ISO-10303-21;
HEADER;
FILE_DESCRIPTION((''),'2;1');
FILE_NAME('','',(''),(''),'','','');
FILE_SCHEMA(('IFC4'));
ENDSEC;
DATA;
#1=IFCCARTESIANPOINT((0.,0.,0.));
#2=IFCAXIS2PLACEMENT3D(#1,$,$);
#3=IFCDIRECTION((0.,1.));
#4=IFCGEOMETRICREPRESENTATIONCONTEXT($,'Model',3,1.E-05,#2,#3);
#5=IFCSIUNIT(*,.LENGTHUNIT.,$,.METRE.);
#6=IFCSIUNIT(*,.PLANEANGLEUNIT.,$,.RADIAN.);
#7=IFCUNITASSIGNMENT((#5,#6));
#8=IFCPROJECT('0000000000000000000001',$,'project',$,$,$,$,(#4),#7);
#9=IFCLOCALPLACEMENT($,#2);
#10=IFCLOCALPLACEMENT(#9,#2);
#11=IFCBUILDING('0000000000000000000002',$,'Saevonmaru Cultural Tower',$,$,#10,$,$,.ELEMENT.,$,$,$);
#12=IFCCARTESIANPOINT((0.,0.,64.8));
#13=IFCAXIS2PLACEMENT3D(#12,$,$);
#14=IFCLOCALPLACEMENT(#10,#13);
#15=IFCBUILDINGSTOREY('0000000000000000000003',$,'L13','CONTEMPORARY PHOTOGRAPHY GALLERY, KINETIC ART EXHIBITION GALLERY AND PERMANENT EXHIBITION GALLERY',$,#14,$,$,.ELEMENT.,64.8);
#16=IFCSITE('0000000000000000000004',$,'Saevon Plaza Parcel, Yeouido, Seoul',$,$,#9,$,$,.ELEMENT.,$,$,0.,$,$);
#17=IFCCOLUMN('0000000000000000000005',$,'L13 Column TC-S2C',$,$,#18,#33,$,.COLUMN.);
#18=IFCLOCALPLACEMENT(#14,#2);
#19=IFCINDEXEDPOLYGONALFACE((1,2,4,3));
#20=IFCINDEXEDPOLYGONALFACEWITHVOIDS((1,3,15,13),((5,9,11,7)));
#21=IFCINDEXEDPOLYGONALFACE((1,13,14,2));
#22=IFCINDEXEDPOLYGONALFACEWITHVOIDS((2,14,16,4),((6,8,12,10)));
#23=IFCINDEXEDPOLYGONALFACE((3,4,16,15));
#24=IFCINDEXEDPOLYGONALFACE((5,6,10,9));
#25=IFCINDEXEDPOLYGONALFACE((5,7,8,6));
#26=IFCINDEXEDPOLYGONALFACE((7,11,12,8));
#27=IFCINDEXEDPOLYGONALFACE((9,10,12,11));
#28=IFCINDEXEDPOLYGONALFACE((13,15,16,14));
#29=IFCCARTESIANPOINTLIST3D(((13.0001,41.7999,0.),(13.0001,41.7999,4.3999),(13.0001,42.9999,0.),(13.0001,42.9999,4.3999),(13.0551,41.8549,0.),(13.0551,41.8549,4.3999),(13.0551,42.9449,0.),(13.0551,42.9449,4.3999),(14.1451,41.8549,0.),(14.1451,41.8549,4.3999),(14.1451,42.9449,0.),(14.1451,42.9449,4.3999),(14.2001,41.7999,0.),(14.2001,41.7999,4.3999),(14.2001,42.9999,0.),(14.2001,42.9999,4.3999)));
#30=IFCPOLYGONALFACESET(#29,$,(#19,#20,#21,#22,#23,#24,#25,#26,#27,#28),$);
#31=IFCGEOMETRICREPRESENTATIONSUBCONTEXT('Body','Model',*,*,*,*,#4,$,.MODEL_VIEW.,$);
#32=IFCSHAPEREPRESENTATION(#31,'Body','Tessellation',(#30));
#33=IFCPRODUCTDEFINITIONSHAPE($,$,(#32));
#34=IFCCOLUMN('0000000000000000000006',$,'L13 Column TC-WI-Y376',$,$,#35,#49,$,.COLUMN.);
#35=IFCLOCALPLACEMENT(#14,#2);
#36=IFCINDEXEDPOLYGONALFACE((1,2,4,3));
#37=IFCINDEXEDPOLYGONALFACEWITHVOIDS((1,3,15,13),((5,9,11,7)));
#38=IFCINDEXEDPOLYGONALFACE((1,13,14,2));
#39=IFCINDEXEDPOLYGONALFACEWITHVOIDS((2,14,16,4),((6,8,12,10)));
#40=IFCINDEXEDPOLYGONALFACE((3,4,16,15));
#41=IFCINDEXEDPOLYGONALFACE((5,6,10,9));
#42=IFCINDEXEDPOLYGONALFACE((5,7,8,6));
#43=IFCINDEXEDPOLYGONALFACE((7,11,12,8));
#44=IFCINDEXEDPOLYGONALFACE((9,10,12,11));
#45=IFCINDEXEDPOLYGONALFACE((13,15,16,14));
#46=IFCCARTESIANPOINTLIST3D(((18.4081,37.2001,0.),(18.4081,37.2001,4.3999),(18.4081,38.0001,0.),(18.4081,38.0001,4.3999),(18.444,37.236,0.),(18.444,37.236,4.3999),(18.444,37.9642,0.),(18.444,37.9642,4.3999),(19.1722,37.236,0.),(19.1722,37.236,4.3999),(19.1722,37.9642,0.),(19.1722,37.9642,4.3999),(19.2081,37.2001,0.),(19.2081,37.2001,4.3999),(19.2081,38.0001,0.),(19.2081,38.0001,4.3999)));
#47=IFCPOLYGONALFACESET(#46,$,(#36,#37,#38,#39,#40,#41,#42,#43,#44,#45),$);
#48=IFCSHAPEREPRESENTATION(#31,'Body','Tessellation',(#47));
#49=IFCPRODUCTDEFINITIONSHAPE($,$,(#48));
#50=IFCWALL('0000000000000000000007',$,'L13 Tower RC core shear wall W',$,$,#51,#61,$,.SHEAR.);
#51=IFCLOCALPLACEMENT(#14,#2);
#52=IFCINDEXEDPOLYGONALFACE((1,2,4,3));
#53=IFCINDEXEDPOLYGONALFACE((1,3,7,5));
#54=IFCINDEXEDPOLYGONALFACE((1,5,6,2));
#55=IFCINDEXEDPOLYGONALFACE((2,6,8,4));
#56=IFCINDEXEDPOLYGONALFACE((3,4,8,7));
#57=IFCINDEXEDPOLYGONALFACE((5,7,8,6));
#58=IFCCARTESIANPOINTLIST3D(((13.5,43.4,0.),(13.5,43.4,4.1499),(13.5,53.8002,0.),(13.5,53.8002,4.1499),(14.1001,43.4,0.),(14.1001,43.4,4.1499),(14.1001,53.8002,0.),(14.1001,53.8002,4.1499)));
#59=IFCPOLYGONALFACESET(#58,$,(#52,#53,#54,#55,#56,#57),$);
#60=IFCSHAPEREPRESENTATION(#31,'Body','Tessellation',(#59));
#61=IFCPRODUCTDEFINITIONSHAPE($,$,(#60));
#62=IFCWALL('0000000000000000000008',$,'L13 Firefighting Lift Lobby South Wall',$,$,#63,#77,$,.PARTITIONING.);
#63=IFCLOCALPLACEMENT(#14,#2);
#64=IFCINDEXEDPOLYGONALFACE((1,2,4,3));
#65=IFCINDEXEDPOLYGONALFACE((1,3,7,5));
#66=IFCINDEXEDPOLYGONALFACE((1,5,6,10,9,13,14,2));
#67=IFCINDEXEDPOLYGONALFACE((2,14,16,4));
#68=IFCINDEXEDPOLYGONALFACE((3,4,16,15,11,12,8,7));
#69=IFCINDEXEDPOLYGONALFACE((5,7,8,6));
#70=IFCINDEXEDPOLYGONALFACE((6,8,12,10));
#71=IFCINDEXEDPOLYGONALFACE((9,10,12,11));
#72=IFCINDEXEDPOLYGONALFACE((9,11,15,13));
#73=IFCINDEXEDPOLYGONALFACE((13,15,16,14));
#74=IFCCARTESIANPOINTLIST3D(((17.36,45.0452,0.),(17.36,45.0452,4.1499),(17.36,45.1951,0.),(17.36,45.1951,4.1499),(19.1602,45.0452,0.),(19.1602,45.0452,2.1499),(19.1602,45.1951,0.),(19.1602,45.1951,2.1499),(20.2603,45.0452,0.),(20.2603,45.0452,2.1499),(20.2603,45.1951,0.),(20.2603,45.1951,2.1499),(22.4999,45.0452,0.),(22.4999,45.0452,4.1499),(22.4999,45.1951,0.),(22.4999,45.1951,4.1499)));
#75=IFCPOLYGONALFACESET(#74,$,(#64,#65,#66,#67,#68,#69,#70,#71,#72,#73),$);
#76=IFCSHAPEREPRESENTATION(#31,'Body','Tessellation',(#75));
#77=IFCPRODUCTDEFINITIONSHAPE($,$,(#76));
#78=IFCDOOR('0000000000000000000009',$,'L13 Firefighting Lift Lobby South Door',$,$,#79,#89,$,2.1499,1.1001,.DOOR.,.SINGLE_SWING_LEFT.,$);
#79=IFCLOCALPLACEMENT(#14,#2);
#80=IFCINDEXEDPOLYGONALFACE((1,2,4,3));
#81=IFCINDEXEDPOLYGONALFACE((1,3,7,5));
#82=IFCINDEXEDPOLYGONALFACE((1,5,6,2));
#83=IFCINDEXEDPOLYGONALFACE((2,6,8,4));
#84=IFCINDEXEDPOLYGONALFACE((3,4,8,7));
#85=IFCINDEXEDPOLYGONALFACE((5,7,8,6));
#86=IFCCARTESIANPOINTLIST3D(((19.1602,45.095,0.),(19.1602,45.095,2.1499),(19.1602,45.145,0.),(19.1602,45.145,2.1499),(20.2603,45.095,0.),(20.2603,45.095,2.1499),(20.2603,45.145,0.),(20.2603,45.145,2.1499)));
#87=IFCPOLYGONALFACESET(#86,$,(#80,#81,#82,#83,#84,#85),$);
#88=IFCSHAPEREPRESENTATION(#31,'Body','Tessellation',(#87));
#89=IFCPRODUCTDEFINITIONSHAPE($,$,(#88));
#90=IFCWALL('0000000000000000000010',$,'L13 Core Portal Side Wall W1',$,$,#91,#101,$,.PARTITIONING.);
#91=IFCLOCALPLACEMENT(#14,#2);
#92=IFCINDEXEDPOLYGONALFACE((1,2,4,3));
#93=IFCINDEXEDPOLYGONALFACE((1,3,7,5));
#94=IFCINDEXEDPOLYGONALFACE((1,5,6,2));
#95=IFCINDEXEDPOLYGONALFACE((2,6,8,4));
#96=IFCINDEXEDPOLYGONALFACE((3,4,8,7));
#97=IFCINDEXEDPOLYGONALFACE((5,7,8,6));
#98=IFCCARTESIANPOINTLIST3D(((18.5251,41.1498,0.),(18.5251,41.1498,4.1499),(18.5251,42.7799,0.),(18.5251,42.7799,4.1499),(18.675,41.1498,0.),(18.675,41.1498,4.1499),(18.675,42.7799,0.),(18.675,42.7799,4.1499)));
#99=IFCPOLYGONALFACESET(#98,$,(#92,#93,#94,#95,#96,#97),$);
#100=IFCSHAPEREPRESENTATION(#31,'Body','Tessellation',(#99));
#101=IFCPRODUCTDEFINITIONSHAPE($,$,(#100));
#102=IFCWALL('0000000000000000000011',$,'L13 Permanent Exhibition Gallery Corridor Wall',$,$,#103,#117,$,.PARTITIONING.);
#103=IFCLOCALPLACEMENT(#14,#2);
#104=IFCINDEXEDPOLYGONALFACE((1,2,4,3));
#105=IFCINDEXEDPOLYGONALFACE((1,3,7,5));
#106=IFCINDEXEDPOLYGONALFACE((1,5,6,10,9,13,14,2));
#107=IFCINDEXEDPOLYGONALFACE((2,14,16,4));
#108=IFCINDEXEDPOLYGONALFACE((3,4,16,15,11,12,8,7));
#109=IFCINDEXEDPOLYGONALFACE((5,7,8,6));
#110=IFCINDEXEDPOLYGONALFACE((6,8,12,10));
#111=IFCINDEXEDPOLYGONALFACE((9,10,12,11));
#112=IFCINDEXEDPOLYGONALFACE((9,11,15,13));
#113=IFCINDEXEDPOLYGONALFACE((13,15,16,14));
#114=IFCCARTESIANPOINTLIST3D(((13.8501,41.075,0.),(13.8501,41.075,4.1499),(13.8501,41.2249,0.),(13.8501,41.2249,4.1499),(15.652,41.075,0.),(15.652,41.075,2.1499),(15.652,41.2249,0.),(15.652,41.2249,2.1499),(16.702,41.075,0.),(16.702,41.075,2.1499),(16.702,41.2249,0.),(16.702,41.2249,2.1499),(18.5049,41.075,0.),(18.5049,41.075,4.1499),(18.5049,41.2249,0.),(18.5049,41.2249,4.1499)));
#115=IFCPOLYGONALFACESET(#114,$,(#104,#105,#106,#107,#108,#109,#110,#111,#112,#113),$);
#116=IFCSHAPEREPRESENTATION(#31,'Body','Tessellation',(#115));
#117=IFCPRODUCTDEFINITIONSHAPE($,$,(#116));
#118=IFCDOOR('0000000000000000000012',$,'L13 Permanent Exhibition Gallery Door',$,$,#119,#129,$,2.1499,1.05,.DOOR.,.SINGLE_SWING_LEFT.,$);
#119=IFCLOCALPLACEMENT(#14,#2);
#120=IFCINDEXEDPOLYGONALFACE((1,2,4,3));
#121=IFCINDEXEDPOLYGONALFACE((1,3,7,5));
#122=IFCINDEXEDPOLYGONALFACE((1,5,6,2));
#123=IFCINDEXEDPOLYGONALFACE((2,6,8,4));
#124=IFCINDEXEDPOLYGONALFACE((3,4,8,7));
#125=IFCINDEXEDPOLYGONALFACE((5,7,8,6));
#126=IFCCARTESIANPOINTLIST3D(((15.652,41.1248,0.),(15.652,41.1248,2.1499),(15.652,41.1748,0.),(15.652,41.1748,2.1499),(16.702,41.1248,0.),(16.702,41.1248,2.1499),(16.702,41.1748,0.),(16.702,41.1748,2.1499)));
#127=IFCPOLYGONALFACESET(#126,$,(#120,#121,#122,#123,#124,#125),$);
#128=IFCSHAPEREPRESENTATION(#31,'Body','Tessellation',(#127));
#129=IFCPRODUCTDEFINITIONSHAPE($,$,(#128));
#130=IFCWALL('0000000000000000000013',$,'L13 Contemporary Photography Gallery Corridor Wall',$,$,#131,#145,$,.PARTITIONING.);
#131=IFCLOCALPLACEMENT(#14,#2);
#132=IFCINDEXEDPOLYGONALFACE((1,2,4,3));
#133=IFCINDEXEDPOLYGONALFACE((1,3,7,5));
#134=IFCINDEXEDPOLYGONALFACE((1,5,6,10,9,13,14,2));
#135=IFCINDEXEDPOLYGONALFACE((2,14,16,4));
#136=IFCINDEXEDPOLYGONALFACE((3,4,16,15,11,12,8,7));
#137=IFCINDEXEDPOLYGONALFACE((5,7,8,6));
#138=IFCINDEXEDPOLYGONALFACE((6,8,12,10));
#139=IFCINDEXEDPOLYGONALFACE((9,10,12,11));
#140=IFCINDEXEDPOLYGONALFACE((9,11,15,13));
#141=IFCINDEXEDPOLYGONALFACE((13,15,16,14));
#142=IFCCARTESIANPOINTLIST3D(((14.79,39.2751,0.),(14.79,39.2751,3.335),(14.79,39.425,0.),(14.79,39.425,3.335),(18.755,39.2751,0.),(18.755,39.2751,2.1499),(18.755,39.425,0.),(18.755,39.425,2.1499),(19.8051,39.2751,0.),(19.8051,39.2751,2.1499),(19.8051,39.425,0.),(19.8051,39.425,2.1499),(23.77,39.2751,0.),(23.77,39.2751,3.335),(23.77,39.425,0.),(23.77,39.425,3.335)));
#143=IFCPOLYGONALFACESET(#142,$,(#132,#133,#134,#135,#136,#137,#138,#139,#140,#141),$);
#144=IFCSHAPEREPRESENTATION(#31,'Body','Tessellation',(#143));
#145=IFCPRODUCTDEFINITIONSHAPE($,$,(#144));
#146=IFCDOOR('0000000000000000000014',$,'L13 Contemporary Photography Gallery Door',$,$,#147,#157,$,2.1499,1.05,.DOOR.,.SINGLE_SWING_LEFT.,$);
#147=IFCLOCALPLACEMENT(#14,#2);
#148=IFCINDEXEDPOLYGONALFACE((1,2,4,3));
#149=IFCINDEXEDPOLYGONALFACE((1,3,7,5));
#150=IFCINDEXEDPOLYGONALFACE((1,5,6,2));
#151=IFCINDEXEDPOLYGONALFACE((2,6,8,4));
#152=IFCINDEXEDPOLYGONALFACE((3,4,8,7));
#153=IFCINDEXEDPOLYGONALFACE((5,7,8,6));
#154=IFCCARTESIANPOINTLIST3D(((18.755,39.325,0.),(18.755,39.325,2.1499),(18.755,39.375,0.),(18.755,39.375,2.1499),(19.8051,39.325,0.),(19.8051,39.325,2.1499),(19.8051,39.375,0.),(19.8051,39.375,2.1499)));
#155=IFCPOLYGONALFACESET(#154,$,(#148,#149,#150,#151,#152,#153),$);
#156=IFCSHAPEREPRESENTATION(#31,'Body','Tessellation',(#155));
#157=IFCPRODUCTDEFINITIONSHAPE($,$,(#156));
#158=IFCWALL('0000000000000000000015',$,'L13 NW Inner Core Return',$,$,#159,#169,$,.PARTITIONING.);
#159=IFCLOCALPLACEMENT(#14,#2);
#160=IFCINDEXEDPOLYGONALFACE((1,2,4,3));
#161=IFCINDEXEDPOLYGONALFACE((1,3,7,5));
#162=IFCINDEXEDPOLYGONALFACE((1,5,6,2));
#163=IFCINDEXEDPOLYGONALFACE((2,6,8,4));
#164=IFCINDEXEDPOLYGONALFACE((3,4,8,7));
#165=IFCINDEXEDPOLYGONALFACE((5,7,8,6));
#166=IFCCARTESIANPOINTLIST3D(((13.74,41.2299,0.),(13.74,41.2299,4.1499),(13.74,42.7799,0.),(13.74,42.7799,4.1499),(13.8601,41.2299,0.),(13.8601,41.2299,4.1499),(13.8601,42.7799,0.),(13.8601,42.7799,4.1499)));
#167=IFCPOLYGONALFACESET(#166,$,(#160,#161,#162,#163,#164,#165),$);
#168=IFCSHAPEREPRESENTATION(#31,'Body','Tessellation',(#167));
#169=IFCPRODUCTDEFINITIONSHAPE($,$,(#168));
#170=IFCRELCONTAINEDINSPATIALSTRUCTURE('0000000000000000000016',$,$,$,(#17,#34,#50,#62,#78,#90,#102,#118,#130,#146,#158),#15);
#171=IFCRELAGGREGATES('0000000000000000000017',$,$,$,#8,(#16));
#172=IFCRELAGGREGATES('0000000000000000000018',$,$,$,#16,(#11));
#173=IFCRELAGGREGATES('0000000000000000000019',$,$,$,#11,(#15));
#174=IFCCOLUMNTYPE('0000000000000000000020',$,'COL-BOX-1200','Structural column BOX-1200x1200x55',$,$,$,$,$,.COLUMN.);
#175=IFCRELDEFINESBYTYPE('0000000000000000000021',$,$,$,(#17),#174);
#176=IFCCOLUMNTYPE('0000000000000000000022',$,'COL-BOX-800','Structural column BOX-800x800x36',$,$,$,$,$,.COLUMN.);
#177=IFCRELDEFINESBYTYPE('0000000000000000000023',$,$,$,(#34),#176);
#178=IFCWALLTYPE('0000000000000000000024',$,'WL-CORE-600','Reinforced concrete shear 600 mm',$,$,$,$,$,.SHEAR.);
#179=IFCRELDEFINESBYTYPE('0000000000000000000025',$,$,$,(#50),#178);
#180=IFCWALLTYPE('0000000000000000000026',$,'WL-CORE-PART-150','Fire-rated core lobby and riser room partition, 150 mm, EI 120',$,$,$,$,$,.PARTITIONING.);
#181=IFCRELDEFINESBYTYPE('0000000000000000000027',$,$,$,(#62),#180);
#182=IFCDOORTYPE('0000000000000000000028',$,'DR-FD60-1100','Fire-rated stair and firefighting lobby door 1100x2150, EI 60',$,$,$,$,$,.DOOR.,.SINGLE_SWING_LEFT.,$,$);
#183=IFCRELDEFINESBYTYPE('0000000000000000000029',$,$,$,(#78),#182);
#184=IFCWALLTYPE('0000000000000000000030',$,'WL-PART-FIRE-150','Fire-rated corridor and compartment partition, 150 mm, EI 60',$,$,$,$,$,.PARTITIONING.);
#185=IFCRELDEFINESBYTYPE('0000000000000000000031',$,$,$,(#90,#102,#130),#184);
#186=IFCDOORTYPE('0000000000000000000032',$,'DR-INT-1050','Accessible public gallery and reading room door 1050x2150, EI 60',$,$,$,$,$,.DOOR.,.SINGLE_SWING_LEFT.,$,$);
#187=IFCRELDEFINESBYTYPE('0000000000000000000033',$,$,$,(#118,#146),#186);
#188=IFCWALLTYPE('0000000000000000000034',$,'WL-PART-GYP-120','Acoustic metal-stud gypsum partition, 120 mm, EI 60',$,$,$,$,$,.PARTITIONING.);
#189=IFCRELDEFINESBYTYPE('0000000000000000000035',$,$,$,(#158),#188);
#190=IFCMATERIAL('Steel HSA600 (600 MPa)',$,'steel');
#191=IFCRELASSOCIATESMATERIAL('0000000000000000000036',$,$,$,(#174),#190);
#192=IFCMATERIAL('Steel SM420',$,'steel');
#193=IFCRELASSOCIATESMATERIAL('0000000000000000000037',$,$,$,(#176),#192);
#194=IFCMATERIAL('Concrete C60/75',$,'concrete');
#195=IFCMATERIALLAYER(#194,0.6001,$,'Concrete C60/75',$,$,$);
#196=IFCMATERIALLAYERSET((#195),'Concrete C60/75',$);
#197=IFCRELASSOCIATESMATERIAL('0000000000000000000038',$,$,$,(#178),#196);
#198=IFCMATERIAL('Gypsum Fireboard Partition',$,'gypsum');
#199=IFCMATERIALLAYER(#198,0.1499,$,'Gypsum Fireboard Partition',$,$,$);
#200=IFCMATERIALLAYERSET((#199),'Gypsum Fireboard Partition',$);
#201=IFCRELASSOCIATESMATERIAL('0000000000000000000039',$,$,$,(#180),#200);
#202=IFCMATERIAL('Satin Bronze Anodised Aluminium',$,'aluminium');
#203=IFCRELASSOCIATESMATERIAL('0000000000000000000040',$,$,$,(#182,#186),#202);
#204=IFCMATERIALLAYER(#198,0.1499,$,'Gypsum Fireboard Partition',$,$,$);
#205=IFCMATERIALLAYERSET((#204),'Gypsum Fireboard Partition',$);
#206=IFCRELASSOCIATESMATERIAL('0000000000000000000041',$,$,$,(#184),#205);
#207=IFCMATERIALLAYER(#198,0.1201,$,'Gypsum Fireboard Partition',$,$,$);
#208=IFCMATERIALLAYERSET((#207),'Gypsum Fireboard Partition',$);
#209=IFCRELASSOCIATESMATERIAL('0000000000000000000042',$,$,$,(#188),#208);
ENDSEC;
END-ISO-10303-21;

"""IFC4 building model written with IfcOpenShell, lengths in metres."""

from ifc_helpers import new_model, si_unit, direction, frame, frame_2d, origin, origin_2d, place, context, subcontext, project, spatial, rectangle, hollow_rectangle, extrude, material, layer, layer_set, material_profile, profile_set, type_object, element, fill, save


model = new_model("IFC4")

# Units and contexts
model_context = context("Model", 3, precision=1e-05, world=origin(), true_north=direction((0.0, 1.0)))
body_context = subcontext(model_context, "Body", "Model", "MODEL_VIEW")
ifc_project = project(units=[si_unit("LENGTHUNIT", "METRE"), si_unit("PLANEANGLEUNIT", "RADIAN")], contexts=[model_context])

# Site, building, storey
site_placement = place(None, origin())
site = spatial("IfcSite", under=ifc_project, at=site_placement, Name="Saevon Plaza Parcel, Yeouido, Seoul", CompositionType="ELEMENT", RefElevation=0.0)
building_placement = place(site_placement, origin())
building = spatial("IfcBuilding", under=site, at=building_placement, Name="Saevonmaru Cultural Tower", CompositionType="ELEMENT")
storey_placement = place(building_placement, frame((0.0, 0.0, 64.8)))
storey = spatial("IfcBuildingStorey", under=building, at=storey_placement, Name="L13", Description="CONTEMPORARY PHOTOGRAPHY GALLERY, KINETIC ART EXHIBITION GALLERY AND PERMANENT EXHIBITION GALLERY", CompositionType="ELEMENT", Elevation=64.8)

# Columns
ifc_material_1 = material(Name="Steel HSA600 (600 MPa)", Category="steel")
ifc_material_profile_1 = material_profile(ifc_material_1, hollow_rectangle(XDim=1.2, YDim=1.2, WallThickness=0.0549, at=origin_2d()), Name="BOX-1200x1200x55")
ifc_profile_set_1 = profile_set([ifc_material_profile_1], Name="Steel HSA600 (600 MPa)")
column_type_1 = type_object("IfcColumnType", Name="COL-BOX-1200", Description="Structural column BOX-1200x1200x55", PredefinedType="COLUMN", material=ifc_profile_set_1)
column_1_placement = place(storey_placement, frame((13.6001, 42.3999, 0.0), z_axis=(0.0, 0.0, 1.0), x_axis=(1.0, 0.0, 0.0)))
element("IfcColumn", 1, at=column_1_placement, inside=storey, type_object=column_type_1, Name="L13 Column TC-S2C", PredefinedType="COLUMN", context=body_context, shape_type="SweptSolid", body=[
    extrude(hollow_rectangle(XDim=1.2, YDim=1.2, WallThickness=0.0549, at=origin_2d()), origin(), (0.0, 0.0, 1.0), 4.3999),
])
ifc_material_2 = material(Name="Steel SM420", Category="steel")
ifc_material_profile_2 = material_profile(ifc_material_2, hollow_rectangle(XDim=0.8, YDim=0.8, WallThickness=0.0359, at=origin_2d()), Name="BOX-800x800x36")
ifc_profile_set_2 = profile_set([ifc_material_profile_2], Name="Steel SM420")
column_type_2 = type_object("IfcColumnType", Name="COL-BOX-800", Description="Structural column BOX-800x800x36", PredefinedType="COLUMN", material=ifc_profile_set_2)
column_2_placement = place(storey_placement, frame((18.8081, 37.6001, 0.0), z_axis=(0.0, 0.0, 1.0), x_axis=(1.0, 0.0, 0.0)))
element("IfcColumn", 2, at=column_2_placement, inside=storey, type_object=column_type_2, Name="L13 Column TC-WI-Y376", PredefinedType="COLUMN", context=body_context, shape_type="SweptSolid", body=[
    extrude(hollow_rectangle(XDim=0.8, YDim=0.8, WallThickness=0.0359, at=origin_2d()), origin(), (0.0, 0.0, 1.0), 4.3999),
])

# Wall
ifc_material_3 = material(Name="Concrete C60/75", Category="concrete")
ifc_layer_1 = layer(ifc_material_3, 0.6001, Name="Concrete C60/75")
ifc_layer_set_1 = layer_set([ifc_layer_1], Name="Concrete C60/75")
wall_type_1 = type_object("IfcWallType", Name="WL-CORE-600", Description="Reinforced concrete shear 600 mm", PredefinedType="SHEAR", material=ifc_layer_set_1)
wall_1_placement = place(storey_placement, frame((13.8, 43.3999, 0.0), z_axis=(0.0, 0.0, 1.0), x_axis=(0.0, 1.0, 0.0)))
element("IfcWall", 3, at=wall_1_placement, inside=storey, type_object=wall_type_1, Name="L13 Tower RC core shear wall W", PredefinedType="SHEAR", context=body_context, shape_type="SweptSolid", body=[
    extrude(rectangle(XDim=10.4001, YDim=0.6001, at=frame_2d((5.2002, 0.0))), origin(), (0.0, 0.0, 1.0), 4.1499),
])

# Wall, opening, door
ifc_material_4 = material(Name="Gypsum Fireboard Partition", Category="gypsum")
ifc_layer_2 = layer(ifc_material_4, 0.1499, Name="Gypsum Fireboard Partition")
ifc_layer_set_2 = layer_set([ifc_layer_2], Name="Gypsum Fireboard Partition")
wall_type_2 = type_object("IfcWallType", Name="WL-CORE-PART-150", Description="Fire-rated core lobby and riser room partition, 150 mm, EI 120", PredefinedType="PARTITIONING", material=ifc_layer_set_2)
wall_2_placement = place(storey_placement, frame((17.3601, 45.1201, 0.0), z_axis=(0.0, 0.0, 1.0), x_axis=(1.0, 0.0, 0.0)))
wall_2 = element("IfcWall", 4, at=wall_2_placement, inside=storey, type_object=wall_type_2, Name="L13 Firefighting Lift Lobby South Wall", PredefinedType="PARTITIONING", context=body_context, shape_type="SweptSolid", body=[
    extrude(rectangle(XDim=5.1399, YDim=0.1499, at=frame_2d((2.5698, 0.0))), origin(), (0.0, 0.0, 1.0), 4.1499),
])
opening_1_placement = place(wall_2_placement, frame((1.8, 0.0, 0.0)))
opening_1 = element("IfcOpeningElement", 5, at=opening_1_placement, cuts=wall_2, PredefinedType="OPENING", context=body_context, shape_type="SweptSolid", body=[
    extrude(rectangle(XDim=1.1001, YDim=2.1499, at=frame_2d((0.55, 1.075))), frame((0.0, 0.085, 0.0), z_axis=(0.0, -1.0, 0.0), x_axis=(1.0, 0.0, 0.0)), (0.0, 0.0, 1.0), 0.1699),
])
ifc_material_5 = material(Name="Satin Bronze Anodised Aluminium", Category="aluminium")
door_type_1 = type_object("IfcDoorType", Name="DR-FD60-1100", Description="Fire-rated stair and firefighting lobby door 1100x2150, EI 60", OperationType="SINGLE_SWING_LEFT", PredefinedType="DOOR", material=ifc_material_5)
door_1_placement = place(opening_1_placement, origin())
door_1 = element("IfcDoor", 6, at=door_1_placement, inside=storey, type_object=door_type_1, Name="L13 Firefighting Lift Lobby South Door", OperationType="SINGLE_SWING_LEFT", OverallHeight=2.1499, OverallWidth=1.1001, PredefinedType="DOOR", context=body_context, shape_type="SweptSolid", body=[
    extrude(rectangle(XDim=1.1001, YDim=2.1499, at=frame_2d((0.55, 1.075))), frame((0.0, 0.0249, 0.0), z_axis=(0.0, -1.0, 0.0), x_axis=(1.0, 0.0, 0.0)), (0.0, 0.0, 1.0), 0.05),
])
fill(opening_1, door_1)

# Wall
ifc_layer_3 = layer(ifc_material_4, 0.1499, Name="Gypsum Fireboard Partition")
ifc_layer_set_3 = layer_set([ifc_layer_3], Name="Gypsum Fireboard Partition")
wall_type_3 = type_object("IfcWallType", Name="WL-PART-FIRE-150", Description="Fire-rated corridor and compartment partition, 150 mm, EI 60", PredefinedType="PARTITIONING", material=ifc_layer_set_3)
wall_3_placement = place(storey_placement, frame((18.6001, 41.1499, 0.0), z_axis=(0.0, 0.0, 1.0), x_axis=(0.0, 1.0, 0.0)))
element("IfcWall", 7, at=wall_3_placement, inside=storey, type_object=wall_type_3, Name="L13 Core Portal Side Wall W1", PredefinedType="PARTITIONING", context=body_context, shape_type="SweptSolid", body=[
    extrude(rectangle(XDim=1.6301, YDim=0.1499, at=frame_2d((0.8149, 0.0))), origin(), (0.0, 0.0, 1.0), 4.1499),
])

# Walls, openings, doors
wall_4_placement = place(storey_placement, frame((13.8501, 41.1499, 0.0), z_axis=(0.0, 0.0, 1.0), x_axis=(1.0, 0.0, 0.0)))
wall_4 = element("IfcWall", 8, at=wall_4_placement, inside=storey, type_object=wall_type_3, Name="L13 Permanent Exhibition Gallery Corridor Wall", PredefinedType="PARTITIONING", context=body_context, shape_type="SweptSolid", body=[
    extrude(rectangle(XDim=4.6548, YDim=0.1499, at=frame_2d((2.3274, 0.0))), origin(), (0.0, 0.0, 1.0), 4.1499),
])
opening_2_placement = place(wall_4_placement, frame((1.802, 0.0, 0.0)))
opening_2 = element("IfcOpeningElement", 9, at=opening_2_placement, cuts=wall_4, PredefinedType="OPENING", context=body_context, shape_type="SweptSolid", body=[
    extrude(rectangle(XDim=1.05, YDim=2.1499, at=frame_2d((0.5249, 1.075))), frame((0.0, 0.085, 0.0), z_axis=(0.0, -1.0, 0.0), x_axis=(1.0, 0.0, 0.0)), (0.0, 0.0, 1.0), 0.1699),
])
door_type_2 = type_object("IfcDoorType", Name="DR-INT-1050", Description="Accessible public gallery and reading room door 1050x2150, EI 60", OperationType="SINGLE_SWING_LEFT", PredefinedType="DOOR", material=ifc_material_5)
door_2_placement = place(opening_2_placement, origin())
door_2 = element("IfcDoor", 10, at=door_2_placement, inside=storey, type_object=door_type_2, Name="L13 Permanent Exhibition Gallery Door", OperationType="SINGLE_SWING_LEFT", OverallHeight=2.1499, OverallWidth=1.05, PredefinedType="DOOR", context=body_context, shape_type="SweptSolid", body=[
    extrude(rectangle(XDim=1.05, YDim=2.1499, at=frame_2d((0.5249, 1.075))), frame((0.0, 0.0249, 0.0), z_axis=(0.0, -1.0, 0.0), x_axis=(1.0, 0.0, 0.0)), (0.0, 0.0, 1.0), 0.05),
])
fill(opening_2, door_2)
wall_5_placement = place(storey_placement, frame((14.79, 39.3501, 0.0), z_axis=(0.0, 0.0, 1.0), x_axis=(1.0, 0.0, 0.0)))
wall_5 = element("IfcWall", 11, at=wall_5_placement, inside=storey, type_object=wall_type_3, Name="L13 Contemporary Photography Gallery Corridor Wall", PredefinedType="PARTITIONING", context=body_context, shape_type="SweptSolid", body=[
    extrude(rectangle(XDim=8.98, YDim=0.1499, at=frame_2d((4.49, 0.0))), origin(), (0.0, 0.0, 1.0), 3.335),
])
opening_3_placement = place(wall_5_placement, frame((3.9651, 0.0, 0.0)))
opening_3 = element("IfcOpeningElement", 12, at=opening_3_placement, cuts=wall_5, PredefinedType="OPENING", context=body_context, shape_type="SweptSolid", body=[
    extrude(rectangle(XDim=1.05, YDim=2.1499, at=frame_2d((0.5249, 1.075))), frame((0.0, 0.085, 0.0), z_axis=(0.0, -1.0, 0.0), x_axis=(1.0, 0.0, 0.0)), (0.0, 0.0, 1.0), 0.1699),
])
door_3_placement = place(opening_3_placement, origin())
door_3 = element("IfcDoor", 13, at=door_3_placement, inside=storey, type_object=door_type_2, Name="L13 Contemporary Photography Gallery Door", OperationType="SINGLE_SWING_LEFT", OverallHeight=2.1499, OverallWidth=1.05, PredefinedType="DOOR", context=body_context, shape_type="SweptSolid", body=[
    extrude(rectangle(XDim=1.05, YDim=2.1499, at=frame_2d((0.5249, 1.075))), frame((0.0, 0.0249, 0.0), z_axis=(0.0, -1.0, 0.0), x_axis=(1.0, 0.0, 0.0)), (0.0, 0.0, 1.0), 0.05),
])
fill(opening_3, door_3)

# Wall
ifc_layer_4 = layer(ifc_material_4, 0.1201, Name="Gypsum Fireboard Partition")
ifc_layer_set_4 = layer_set([ifc_layer_4], Name="Gypsum Fireboard Partition")
wall_type_4 = type_object("IfcWallType", Name="WL-PART-GYP-120", Description="Acoustic metal-stud gypsum partition, 120 mm, EI 60", PredefinedType="PARTITIONING", material=ifc_layer_set_4)
wall_6_placement = place(storey_placement, frame((13.8, 41.23, 0.0), z_axis=(0.0, 0.0, 1.0), x_axis=(0.0, 1.0, 0.0)))
element("IfcWall", 14, at=wall_6_placement, inside=storey, type_object=wall_type_4, Name="L13 NW Inner Core Return", PredefinedType="PARTITIONING", context=body_context, shape_type="SweptSolid", body=[
    extrude(rectangle(XDim=1.55, YDim=0.1201, at=frame_2d((0.7749, 0.0))), origin(), (0.0, 0.0, 1.0), 4.1499),
])

save(model, "model.ifc")
